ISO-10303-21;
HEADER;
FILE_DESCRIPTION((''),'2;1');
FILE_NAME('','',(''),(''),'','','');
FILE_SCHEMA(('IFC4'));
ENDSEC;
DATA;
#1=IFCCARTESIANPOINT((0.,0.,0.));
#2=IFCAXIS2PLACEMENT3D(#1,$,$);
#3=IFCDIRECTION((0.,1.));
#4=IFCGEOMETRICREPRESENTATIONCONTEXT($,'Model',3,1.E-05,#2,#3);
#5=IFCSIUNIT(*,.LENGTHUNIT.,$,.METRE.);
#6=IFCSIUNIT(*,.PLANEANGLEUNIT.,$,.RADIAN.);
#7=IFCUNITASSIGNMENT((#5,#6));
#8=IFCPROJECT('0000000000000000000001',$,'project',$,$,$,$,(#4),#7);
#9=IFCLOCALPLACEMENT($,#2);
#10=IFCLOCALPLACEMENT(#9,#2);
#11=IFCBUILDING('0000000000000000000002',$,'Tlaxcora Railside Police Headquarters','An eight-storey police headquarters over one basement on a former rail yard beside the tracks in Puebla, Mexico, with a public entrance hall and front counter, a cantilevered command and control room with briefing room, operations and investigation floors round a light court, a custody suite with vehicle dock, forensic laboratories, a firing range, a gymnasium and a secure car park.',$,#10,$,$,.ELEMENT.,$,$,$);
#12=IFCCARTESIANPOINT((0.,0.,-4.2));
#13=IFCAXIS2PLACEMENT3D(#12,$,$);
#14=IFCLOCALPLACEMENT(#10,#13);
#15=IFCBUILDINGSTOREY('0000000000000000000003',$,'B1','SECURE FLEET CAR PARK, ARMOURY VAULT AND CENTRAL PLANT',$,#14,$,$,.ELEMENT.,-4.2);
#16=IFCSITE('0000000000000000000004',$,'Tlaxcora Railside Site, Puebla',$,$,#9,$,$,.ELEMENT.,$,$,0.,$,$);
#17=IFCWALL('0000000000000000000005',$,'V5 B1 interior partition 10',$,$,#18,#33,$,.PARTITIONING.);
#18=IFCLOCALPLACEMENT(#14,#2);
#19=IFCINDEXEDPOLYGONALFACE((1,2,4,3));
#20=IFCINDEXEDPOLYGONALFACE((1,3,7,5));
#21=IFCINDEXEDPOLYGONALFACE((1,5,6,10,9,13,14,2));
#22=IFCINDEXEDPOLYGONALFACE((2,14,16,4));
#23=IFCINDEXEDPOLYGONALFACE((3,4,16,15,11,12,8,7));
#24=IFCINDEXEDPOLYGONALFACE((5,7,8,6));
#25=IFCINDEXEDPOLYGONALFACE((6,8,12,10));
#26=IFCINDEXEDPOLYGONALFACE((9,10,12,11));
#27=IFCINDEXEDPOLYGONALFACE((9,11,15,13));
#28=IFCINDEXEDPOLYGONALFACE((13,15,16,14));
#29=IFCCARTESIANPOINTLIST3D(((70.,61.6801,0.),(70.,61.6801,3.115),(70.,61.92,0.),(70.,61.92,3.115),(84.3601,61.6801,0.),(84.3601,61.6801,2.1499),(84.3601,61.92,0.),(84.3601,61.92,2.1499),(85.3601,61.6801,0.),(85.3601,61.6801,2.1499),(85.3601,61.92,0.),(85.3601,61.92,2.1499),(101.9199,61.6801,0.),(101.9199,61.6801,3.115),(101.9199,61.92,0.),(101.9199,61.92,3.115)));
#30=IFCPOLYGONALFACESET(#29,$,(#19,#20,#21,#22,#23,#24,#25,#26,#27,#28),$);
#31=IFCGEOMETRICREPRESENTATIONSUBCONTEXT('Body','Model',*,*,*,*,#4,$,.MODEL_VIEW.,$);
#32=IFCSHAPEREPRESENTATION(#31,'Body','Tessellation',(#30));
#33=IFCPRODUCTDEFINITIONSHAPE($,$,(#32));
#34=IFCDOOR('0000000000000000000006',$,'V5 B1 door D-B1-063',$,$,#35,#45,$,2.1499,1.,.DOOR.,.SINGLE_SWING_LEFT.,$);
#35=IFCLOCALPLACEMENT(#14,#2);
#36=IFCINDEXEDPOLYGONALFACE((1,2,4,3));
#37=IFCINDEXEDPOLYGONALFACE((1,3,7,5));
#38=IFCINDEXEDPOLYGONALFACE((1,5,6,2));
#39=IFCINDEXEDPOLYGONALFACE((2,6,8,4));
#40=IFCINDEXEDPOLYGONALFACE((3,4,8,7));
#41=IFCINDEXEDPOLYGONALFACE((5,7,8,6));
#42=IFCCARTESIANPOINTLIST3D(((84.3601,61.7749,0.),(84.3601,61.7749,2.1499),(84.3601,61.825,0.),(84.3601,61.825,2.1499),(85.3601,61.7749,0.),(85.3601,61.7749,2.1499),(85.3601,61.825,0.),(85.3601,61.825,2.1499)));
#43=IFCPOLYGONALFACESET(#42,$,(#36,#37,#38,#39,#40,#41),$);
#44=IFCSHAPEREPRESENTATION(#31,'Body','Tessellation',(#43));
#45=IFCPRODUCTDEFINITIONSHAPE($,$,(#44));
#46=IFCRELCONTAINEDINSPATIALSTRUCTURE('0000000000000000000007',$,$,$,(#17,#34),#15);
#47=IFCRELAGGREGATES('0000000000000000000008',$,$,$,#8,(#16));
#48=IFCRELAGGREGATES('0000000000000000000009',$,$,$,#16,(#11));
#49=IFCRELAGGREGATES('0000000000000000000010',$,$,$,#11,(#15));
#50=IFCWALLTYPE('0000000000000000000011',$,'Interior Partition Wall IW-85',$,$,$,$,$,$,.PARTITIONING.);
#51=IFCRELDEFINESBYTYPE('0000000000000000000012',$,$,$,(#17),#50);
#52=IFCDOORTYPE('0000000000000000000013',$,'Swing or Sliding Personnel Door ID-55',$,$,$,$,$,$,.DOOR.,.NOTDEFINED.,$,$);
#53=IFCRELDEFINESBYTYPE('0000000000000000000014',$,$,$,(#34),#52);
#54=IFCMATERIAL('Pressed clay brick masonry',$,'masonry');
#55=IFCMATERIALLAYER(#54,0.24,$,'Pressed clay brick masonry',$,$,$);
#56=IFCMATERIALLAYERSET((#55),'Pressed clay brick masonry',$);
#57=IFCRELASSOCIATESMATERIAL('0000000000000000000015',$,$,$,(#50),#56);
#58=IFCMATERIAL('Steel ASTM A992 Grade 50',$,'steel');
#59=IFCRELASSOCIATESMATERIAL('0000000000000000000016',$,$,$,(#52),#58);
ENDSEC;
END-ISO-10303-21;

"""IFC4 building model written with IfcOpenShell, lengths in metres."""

from ifc_helpers import new_model, si_unit, direction, frame, frame_2d, origin, place, context, subcontext, project, spatial, rectangle, extrude, material, layer, layer_set, type_object, element, fill, save


model = new_model("IFC4")

# Units and contexts
model_context = context("Model", 3, precision=1e-05, world=origin(), true_north=direction((0.0, 1.0)))
body_context = subcontext(model_context, "Body", "Model", "MODEL_VIEW")
ifc_project = project(units=[si_unit("LENGTHUNIT", "METRE"), si_unit("PLANEANGLEUNIT", "RADIAN")], contexts=[model_context])

# Site, building, storey
site_placement = place(None, origin())
site = spatial("IfcSite", under=ifc_project, at=site_placement, Name="Tlaxcora Railside Site, Puebla", CompositionType="ELEMENT", RefElevation=0.0)
building_placement = place(site_placement, origin())
building = spatial("IfcBuilding", under=site, at=building_placement, Name="Tlaxcora Railside Police Headquarters", Description="An eight-storey police headquarters over one basement on a former rail yard beside the tracks in Puebla, Mexico, with a public entrance hall and front counter, a cantilevered command and control room with briefing room, operations and investigation floors round a light court, a custody suite with vehicle dock, forensic laboratories, a firing range, a gymnasium and a secure car park.", CompositionType="ELEMENT")
storey_placement = place(building_placement, frame((0.0, 0.0, -4.2)))
storey = spatial("IfcBuildingStorey", under=building, at=storey_placement, Name="B1", Description="SECURE FLEET CAR PARK, ARMOURY VAULT AND CENTRAL PLANT", CompositionType="ELEMENT", Elevation=-4.2)

# Shared definitions
ifc_material_1 = material(Name="Steel ASTM A992 Grade 50", Category="steel")

# Wall, opening, door
ifc_material_2 = material(Name="Pressed clay brick masonry", Category="masonry")
ifc_layer_1 = layer(ifc_material_2, 0.24, Name="Pressed clay brick masonry")
ifc_layer_set_1 = layer_set([ifc_layer_1], Name="Pressed clay brick masonry")
wall_type = type_object("IfcWallType", Name="Interior Partition Wall IW-85", PredefinedType="PARTITIONING", material=ifc_layer_set_1)
wall_placement = place(storey_placement, frame((70.0, 61.8, 0.0), z_axis=(0.0, 0.0, 1.0), x_axis=(1.0, 0.0, 0.0)))
wall = element("IfcWall", 1, at=wall_placement, inside=storey, type_object=wall_type, Name="V5 B1 interior partition 10", PredefinedType="PARTITIONING", context=body_context, shape_type="SweptSolid", body=[
    extrude(rectangle(XDim=31.9199, YDim=0.24, at=frame_2d((15.96, 0.0))), origin(), (0.0, 0.0, 1.0), 3.115),
])
opening_placement = place(wall_placement, frame((14.3601, 0.0, 0.0)))
opening = element("IfcOpeningElement", 2, at=opening_placement, cuts=wall, PredefinedType="OPENING", context=body_context, shape_type="SweptSolid", body=[
    extrude(rectangle(XDim=1.0, YDim=2.1499, at=frame_2d((0.5, 1.075))), frame((0.0, 0.1299, 0.0), z_axis=(0.0, -1.0, 0.0), x_axis=(1.0, 0.0, 0.0)), (0.0, 0.0, 1.0), 0.26),
])
door_type = type_object("IfcDoorType", Name="Swing or Sliding Personnel Door ID-55", OperationType="NOTDEFINED", PredefinedType="DOOR", material=ifc_material_1)
door_placement = place(opening_placement, origin())
door = element("IfcDoor", 3, at=door_placement, inside=storey, type_object=door_type, Name="V5 B1 door D-B1-063", OperationType="SINGLE_SWING_LEFT", OverallHeight=2.1499, OverallWidth=1.0, PredefinedType="DOOR", context=body_context, shape_type="SweptSolid", body=[
    extrude(rectangle(XDim=1.0, YDim=2.1499, at=frame_2d((0.5, 1.075))), frame((0.0, 0.0249, 0.0), z_axis=(0.0, -1.0, 0.0), x_axis=(1.0, 0.0, 0.0)), (0.0, 0.0, 1.0), 0.05),
])
fill(opening, door)

save(model, "model.ifc")
